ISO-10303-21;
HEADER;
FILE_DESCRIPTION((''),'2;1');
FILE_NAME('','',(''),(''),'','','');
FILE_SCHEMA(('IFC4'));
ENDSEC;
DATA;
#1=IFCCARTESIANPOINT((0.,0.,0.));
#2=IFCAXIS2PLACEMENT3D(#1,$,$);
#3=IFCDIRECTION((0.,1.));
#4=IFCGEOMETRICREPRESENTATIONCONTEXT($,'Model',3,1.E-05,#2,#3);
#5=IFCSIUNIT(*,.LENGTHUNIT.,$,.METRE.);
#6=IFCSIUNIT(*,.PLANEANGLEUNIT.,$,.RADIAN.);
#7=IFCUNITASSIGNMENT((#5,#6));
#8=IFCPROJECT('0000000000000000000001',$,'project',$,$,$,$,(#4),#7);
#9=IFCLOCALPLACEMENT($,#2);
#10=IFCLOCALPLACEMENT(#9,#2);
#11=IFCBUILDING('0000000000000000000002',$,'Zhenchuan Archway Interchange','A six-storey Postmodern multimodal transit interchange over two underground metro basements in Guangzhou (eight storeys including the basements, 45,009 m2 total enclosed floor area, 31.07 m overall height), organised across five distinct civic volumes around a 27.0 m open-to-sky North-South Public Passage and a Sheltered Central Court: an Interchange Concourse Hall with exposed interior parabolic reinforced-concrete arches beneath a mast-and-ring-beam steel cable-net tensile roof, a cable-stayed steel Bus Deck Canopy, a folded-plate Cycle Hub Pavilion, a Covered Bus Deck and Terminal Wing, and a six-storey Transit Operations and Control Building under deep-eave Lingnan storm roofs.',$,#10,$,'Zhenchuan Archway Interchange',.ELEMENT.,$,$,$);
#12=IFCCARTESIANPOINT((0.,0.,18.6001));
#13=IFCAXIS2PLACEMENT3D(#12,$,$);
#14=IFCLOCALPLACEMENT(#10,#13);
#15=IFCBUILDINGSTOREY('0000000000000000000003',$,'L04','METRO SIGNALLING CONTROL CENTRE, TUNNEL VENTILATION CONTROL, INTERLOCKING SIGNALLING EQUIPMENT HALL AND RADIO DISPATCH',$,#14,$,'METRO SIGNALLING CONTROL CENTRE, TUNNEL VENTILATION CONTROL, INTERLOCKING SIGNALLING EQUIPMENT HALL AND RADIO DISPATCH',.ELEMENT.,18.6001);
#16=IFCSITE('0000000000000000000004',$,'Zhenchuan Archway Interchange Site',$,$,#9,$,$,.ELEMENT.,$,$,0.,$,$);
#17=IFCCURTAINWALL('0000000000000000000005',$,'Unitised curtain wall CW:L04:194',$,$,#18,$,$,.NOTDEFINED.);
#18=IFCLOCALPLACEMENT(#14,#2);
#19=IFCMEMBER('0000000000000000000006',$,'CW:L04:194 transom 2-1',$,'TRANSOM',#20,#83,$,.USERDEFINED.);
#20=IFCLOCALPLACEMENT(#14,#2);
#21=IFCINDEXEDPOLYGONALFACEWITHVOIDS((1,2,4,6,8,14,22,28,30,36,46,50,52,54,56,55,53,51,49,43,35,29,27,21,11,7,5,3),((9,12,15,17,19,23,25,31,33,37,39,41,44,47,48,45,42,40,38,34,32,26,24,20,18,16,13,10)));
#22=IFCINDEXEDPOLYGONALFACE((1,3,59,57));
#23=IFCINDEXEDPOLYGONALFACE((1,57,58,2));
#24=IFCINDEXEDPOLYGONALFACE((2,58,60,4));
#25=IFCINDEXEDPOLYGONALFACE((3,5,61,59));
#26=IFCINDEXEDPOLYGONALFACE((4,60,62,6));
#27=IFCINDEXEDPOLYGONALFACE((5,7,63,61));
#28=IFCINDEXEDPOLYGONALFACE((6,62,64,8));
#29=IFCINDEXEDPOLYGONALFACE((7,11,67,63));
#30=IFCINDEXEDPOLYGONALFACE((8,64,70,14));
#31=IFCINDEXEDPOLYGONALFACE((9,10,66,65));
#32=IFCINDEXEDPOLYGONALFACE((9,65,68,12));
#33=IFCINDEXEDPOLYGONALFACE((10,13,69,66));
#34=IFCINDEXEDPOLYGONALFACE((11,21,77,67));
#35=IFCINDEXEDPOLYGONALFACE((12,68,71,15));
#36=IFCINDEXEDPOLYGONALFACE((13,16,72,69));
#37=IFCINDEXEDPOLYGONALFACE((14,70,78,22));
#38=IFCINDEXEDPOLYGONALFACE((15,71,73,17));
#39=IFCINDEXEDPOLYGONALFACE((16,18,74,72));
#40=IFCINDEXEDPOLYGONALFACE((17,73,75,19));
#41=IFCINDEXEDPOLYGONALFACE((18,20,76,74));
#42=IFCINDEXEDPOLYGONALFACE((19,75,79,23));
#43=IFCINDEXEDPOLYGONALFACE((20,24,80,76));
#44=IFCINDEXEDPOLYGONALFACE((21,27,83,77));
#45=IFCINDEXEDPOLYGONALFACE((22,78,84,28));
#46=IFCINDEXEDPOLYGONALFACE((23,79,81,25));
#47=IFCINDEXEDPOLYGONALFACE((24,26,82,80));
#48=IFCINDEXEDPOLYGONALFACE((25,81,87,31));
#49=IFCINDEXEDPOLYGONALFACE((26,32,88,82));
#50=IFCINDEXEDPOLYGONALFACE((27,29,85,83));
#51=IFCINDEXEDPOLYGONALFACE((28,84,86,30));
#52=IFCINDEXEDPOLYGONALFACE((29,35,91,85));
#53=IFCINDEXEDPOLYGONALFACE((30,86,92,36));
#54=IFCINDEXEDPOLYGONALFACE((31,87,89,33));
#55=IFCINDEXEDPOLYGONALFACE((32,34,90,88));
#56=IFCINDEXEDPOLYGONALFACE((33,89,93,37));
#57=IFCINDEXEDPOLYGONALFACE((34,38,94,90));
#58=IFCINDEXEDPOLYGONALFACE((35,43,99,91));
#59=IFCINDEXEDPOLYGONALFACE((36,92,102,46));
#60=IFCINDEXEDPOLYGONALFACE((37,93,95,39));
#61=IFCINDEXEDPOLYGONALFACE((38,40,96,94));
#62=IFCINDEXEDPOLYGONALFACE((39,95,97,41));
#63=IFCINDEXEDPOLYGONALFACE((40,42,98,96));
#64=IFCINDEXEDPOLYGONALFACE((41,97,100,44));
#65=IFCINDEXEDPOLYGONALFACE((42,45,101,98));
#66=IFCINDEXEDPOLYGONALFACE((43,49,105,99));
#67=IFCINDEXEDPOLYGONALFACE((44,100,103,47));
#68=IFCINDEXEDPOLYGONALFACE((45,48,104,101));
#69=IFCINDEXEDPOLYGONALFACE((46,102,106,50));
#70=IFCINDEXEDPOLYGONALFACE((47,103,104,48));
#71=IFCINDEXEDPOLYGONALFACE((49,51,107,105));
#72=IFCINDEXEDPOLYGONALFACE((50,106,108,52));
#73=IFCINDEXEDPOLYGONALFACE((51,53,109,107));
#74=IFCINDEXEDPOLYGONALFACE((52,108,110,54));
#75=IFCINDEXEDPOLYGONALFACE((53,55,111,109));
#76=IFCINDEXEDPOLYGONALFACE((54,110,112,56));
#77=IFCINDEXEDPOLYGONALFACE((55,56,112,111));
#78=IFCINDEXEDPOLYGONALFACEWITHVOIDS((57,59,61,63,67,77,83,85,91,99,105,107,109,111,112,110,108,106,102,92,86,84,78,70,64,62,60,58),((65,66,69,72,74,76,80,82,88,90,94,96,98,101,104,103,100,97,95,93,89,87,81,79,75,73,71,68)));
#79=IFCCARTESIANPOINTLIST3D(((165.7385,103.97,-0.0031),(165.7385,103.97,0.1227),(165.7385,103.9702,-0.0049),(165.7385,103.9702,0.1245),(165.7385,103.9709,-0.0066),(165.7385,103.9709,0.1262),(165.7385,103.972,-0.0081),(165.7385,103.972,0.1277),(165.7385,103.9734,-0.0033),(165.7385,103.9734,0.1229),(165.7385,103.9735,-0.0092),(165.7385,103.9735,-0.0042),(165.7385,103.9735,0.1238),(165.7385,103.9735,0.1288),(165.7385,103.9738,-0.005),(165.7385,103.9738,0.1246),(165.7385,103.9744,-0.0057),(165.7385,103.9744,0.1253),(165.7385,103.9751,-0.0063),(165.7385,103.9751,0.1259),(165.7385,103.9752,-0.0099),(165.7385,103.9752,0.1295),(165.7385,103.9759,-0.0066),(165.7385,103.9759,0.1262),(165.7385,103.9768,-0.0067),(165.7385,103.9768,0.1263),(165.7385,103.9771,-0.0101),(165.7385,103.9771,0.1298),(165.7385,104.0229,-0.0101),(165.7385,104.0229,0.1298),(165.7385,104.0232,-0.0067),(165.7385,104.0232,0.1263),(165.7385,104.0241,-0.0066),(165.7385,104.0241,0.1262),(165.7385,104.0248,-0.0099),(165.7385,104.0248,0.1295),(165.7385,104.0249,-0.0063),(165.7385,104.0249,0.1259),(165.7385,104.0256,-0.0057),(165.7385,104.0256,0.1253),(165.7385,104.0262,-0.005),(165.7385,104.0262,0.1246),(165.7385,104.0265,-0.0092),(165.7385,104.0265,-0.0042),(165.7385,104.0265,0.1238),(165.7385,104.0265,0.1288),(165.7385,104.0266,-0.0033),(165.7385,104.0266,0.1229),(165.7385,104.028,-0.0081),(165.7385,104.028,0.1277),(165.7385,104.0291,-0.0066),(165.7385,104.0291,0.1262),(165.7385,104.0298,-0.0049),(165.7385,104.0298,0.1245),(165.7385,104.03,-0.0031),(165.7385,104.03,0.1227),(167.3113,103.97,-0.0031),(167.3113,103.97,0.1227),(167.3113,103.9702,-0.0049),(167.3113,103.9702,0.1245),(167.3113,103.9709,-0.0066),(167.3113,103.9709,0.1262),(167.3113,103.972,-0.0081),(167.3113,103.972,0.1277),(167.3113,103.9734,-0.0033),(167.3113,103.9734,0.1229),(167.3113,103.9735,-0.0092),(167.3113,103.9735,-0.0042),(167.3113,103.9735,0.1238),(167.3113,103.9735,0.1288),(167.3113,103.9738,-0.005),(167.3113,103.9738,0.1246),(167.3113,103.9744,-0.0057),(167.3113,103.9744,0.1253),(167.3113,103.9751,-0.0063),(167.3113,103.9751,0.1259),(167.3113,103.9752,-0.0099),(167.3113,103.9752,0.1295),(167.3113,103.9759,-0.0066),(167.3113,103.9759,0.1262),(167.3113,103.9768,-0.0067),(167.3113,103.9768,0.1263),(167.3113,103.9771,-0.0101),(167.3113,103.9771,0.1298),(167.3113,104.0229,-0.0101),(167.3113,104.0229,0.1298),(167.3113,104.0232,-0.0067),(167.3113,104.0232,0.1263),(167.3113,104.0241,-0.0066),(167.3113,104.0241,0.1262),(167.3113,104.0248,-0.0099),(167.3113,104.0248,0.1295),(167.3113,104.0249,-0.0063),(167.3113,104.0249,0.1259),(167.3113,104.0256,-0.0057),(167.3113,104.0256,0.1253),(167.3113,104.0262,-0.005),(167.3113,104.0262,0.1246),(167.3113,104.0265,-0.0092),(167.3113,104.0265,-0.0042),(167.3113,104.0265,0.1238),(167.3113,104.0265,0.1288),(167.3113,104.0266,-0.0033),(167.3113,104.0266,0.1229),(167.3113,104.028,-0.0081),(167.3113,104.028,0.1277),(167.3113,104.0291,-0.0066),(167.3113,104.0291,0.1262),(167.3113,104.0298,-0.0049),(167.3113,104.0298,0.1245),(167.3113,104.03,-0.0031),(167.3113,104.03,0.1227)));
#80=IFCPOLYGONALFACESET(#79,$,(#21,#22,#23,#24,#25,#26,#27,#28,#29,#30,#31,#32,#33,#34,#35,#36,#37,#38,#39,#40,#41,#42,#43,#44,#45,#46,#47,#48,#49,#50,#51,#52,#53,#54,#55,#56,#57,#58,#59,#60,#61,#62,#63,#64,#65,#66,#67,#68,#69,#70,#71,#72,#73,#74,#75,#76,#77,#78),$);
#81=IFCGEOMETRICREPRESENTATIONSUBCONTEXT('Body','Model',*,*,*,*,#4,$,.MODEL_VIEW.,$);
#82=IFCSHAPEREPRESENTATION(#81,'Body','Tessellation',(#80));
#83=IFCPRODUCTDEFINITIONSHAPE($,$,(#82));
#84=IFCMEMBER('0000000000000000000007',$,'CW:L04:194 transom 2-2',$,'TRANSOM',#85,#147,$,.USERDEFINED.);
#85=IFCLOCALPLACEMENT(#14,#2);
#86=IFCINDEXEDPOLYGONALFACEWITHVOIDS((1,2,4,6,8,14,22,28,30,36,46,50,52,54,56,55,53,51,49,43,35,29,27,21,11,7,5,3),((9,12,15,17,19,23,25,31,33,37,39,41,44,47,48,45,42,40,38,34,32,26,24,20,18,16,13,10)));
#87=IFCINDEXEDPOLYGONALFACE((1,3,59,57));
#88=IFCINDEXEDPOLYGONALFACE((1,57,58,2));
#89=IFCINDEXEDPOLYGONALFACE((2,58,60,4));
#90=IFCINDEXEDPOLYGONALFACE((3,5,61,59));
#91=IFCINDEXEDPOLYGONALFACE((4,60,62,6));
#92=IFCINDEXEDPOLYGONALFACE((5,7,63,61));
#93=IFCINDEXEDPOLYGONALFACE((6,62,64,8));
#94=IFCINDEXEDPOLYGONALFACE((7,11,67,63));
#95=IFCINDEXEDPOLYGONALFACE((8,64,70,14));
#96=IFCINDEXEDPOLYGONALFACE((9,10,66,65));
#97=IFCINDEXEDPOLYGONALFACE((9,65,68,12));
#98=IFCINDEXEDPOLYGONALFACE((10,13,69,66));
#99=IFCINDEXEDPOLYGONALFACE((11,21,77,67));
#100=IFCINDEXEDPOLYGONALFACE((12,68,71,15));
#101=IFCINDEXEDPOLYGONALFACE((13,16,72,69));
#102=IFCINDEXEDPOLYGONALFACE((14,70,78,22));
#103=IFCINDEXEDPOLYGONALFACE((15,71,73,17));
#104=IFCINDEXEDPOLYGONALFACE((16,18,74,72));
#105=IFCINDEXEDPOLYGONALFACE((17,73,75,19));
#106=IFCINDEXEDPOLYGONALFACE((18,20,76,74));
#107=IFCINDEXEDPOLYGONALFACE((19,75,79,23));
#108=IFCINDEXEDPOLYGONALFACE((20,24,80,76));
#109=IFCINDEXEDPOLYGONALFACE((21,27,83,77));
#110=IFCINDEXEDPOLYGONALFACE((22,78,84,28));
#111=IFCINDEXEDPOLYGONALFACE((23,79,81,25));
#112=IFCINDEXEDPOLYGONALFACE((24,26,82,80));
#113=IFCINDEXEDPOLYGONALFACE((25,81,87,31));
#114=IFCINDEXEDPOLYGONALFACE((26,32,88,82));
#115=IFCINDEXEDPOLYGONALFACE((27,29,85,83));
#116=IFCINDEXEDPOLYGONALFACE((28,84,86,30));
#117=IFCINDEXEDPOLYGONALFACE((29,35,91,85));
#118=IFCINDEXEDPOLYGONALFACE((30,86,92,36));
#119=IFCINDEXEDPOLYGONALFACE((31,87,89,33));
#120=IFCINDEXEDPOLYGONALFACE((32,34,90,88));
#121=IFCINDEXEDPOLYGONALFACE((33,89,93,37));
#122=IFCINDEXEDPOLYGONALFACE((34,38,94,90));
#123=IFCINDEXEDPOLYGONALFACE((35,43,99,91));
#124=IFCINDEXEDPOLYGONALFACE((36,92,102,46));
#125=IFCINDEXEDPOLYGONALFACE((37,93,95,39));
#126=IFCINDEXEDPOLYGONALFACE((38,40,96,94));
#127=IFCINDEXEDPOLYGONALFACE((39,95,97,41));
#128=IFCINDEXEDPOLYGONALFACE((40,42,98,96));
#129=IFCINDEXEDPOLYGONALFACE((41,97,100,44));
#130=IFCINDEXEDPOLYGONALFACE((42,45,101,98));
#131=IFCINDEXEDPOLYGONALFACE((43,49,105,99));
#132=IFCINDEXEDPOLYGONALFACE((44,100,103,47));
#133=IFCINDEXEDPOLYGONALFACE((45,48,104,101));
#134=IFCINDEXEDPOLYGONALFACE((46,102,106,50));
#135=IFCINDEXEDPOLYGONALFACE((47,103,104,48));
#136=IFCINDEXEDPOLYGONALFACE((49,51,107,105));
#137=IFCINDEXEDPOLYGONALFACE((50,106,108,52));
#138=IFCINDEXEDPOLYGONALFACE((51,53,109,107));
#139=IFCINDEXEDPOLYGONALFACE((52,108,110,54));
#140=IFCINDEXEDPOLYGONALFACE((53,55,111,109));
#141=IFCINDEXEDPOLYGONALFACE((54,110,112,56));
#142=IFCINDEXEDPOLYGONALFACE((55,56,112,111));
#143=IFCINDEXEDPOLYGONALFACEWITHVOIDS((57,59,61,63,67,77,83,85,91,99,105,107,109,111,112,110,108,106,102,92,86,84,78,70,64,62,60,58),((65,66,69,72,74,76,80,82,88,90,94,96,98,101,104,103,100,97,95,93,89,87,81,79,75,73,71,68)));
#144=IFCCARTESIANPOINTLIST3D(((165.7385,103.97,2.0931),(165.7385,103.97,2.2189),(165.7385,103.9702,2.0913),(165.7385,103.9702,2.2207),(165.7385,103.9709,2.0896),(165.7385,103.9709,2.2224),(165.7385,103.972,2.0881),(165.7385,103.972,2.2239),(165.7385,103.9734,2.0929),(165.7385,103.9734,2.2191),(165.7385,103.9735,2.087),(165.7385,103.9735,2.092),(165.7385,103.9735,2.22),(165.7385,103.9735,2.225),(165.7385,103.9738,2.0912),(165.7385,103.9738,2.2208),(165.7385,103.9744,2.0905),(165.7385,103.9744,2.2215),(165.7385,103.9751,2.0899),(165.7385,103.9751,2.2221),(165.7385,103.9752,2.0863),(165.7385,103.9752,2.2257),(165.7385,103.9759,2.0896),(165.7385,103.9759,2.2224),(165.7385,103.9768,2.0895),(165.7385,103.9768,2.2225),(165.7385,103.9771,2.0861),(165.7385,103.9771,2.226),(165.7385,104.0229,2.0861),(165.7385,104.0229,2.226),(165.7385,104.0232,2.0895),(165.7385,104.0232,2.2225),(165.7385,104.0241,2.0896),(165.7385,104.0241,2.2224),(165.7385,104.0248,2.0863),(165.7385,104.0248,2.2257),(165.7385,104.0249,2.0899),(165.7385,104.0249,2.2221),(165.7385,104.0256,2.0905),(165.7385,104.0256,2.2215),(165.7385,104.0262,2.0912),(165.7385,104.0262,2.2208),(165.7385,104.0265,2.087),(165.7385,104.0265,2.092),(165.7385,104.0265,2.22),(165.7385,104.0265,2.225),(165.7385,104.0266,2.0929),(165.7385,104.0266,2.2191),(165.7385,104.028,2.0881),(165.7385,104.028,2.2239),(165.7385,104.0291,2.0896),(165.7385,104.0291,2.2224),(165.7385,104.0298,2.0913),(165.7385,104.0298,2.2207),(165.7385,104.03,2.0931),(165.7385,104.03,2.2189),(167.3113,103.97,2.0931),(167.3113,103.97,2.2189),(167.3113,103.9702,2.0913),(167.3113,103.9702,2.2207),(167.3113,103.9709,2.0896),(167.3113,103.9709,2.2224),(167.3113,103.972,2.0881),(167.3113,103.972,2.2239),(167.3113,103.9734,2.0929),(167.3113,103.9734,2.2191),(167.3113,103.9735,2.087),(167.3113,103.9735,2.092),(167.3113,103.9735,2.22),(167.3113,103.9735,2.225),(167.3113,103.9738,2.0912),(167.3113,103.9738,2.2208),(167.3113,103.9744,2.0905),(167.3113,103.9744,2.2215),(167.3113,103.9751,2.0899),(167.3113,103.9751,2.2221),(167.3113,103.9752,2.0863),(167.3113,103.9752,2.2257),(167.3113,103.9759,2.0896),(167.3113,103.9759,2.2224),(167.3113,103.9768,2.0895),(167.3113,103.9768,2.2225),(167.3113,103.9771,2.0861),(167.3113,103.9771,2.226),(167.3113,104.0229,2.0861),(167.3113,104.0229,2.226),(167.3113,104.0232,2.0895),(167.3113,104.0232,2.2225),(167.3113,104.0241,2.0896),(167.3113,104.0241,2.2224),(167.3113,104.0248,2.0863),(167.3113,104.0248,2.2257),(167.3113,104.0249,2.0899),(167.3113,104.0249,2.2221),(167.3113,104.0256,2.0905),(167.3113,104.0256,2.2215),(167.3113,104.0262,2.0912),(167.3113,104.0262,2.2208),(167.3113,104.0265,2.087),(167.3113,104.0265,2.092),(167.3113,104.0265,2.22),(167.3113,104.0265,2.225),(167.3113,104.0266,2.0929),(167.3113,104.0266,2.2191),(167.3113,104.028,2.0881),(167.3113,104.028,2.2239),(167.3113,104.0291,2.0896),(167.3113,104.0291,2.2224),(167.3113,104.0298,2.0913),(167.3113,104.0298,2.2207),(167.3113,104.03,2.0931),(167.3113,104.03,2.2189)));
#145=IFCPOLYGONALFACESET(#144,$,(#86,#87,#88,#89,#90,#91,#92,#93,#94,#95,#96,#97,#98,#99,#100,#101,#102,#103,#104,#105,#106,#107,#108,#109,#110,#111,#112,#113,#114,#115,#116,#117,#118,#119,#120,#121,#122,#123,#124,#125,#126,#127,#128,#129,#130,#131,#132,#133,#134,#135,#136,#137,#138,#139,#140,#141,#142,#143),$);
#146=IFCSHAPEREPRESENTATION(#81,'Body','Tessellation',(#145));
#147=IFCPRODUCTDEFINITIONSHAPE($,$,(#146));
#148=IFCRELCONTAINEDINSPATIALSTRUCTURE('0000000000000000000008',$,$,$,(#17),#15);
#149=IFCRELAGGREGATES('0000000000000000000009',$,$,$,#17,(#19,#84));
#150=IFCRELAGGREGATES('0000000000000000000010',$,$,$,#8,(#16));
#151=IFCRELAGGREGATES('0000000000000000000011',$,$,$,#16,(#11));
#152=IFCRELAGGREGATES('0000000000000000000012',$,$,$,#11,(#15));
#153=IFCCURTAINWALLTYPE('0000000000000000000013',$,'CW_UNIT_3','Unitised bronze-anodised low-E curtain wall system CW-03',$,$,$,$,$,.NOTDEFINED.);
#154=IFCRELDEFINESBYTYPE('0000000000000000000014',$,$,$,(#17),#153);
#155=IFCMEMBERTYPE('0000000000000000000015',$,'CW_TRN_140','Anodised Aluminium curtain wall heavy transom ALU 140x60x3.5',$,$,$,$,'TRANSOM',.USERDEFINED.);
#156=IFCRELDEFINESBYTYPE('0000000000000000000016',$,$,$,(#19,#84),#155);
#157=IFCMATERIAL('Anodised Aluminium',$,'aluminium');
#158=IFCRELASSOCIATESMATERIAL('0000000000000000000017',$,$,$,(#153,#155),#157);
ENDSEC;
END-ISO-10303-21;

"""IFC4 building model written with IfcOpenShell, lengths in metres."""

from ifc_helpers import new_model, si_unit, direction, frame, origin, origin_2d, place, context, subcontext, project, spatial, hollow_rectangle, extrude, material, material_profile, profile_set, type_object, element, aggregate, save


model = new_model("IFC4")

# Units and contexts
model_context = context("Model", 3, precision=1e-05, world=origin(), true_north=direction((0.0, 1.0)))
body_context = subcontext(model_context, "Body", "Model", "MODEL_VIEW")
ifc_project = project(units=[si_unit("LENGTHUNIT", "METRE"), si_unit("PLANEANGLEUNIT", "RADIAN")], contexts=[model_context])

# Site, building, storey
site_placement = place(None, origin())
site = spatial("IfcSite", under=ifc_project, at=site_placement, Name="Zhenchuan Archway Interchange Site", CompositionType="ELEMENT", RefElevation=0.0)
building_placement = place(site_placement, origin())
building = spatial("IfcBuilding", under=site, at=building_placement, Name="Zhenchuan Archway Interchange", Description="A six-storey Postmodern multimodal transit interchange over two underground metro basements in Guangzhou (eight storeys including the basements, 45,009 m2 total enclosed floor area, 31.07 m overall height), organised across five distinct civic volumes around a 27.0 m open-to-sky North-South Public Passage and a Sheltered Central Court: an Interchange Concourse Hall with exposed interior parabolic reinforced-concrete arches beneath a mast-and-ring-beam steel cable-net tensile roof, a cable-stayed steel Bus Deck Canopy, a folded-plate Cycle Hub Pavilion, a Covered Bus Deck and Terminal Wing, and a six-storey Transit Operations and Control Building under deep-eave Lingnan storm roofs.", LongName="Zhenchuan Archway Interchange", CompositionType="ELEMENT")
storey_placement = place(building_placement, frame((0.0, 0.0, 18.6001)))
storey = spatial("IfcBuildingStorey", under=building, at=storey_placement, Name="L04", Description="METRO SIGNALLING CONTROL CENTRE, TUNNEL VENTILATION CONTROL, INTERLOCKING SIGNALLING EQUIPMENT HALL AND RADIO DISPATCH", LongName="METRO SIGNALLING CONTROL CENTRE, TUNNEL VENTILATION CONTROL, INTERLOCKING SIGNALLING EQUIPMENT HALL AND RADIO DISPATCH", CompositionType="ELEMENT", Elevation=18.6001)

# Curtain wall, members
ifc_material_1 = material(Name="Anodised Aluminium", Category="aluminium")
curtain_wall_type = type_object("IfcCurtainWallType", Name="CW_UNIT_3", Description="Unitised bronze-anodised low-E curtain wall system CW-03", PredefinedType="NOTDEFINED", material=ifc_material_1)
curtain_wall_placement = place(storey_placement, origin())
curtain_wall = element("IfcCurtainWall", 1, at=curtain_wall_placement, inside=storey, type_object=curtain_wall_type, Name="Unitised curtain wall CW:L04:194", PredefinedType="NOTDEFINED")
ifc_material_profile_1 = material_profile(ifc_material_1, hollow_rectangle(XDim=0.0601, YDim=0.1399, WallThickness=0.0034, InnerFilletRadius=0.0034, OuterFilletRadius=0.0071, at=origin_2d()), Name="ALU 140x60x3.5")
ifc_profile_set_1 = profile_set([ifc_material_profile_1], Name="Anodised Aluminium")
member_type_1 = type_object("IfcMemberType", Name="CW_TRN_140", Description="Anodised Aluminium curtain wall heavy transom ALU 140x60x3.5", ElementType="TRANSOM", PredefinedType="USERDEFINED", material=ifc_profile_set_1)
member_1_placement = place(storey_placement, frame((165.7385, 104.0, 0.0598), z_axis=(1.0, 0.0, 0.0), x_axis=(0.0, 1.0, 0.0)))
member_1 = element("IfcMember", 2, at=member_1_placement, type_object=member_type_1, Name="CW:L04:194 transom 2-1", ObjectType="TRANSOM", PredefinedType="USERDEFINED", context=body_context, shape_type="SweptSolid", body=[
    extrude(hollow_rectangle(XDim=0.0601, YDim=0.1399, WallThickness=0.0034, InnerFilletRadius=0.0034, OuterFilletRadius=0.0071, at=origin_2d()), origin(), (0.0, 0.0, 1.0), 1.5728),
])
member_2_placement = place(storey_placement, frame((165.7385, 104.0, 2.156), z_axis=(1.0, 0.0, 0.0), x_axis=(0.0, 1.0, 0.0)))
member_2 = element("IfcMember", 3, at=member_2_placement, type_object=member_type_1, Name="CW:L04:194 transom 2-2", ObjectType="TRANSOM", PredefinedType="USERDEFINED", context=body_context, shape_type="SweptSolid", body=[
    extrude(hollow_rectangle(XDim=0.0601, YDim=0.1399, WallThickness=0.0034, InnerFilletRadius=0.0034, OuterFilletRadius=0.0071, at=origin_2d()), origin(), (0.0, 0.0, 1.0), 1.5728),
])

aggregate(curtain_wall, [member_1, member_2])

save(model, "model.ifc")
